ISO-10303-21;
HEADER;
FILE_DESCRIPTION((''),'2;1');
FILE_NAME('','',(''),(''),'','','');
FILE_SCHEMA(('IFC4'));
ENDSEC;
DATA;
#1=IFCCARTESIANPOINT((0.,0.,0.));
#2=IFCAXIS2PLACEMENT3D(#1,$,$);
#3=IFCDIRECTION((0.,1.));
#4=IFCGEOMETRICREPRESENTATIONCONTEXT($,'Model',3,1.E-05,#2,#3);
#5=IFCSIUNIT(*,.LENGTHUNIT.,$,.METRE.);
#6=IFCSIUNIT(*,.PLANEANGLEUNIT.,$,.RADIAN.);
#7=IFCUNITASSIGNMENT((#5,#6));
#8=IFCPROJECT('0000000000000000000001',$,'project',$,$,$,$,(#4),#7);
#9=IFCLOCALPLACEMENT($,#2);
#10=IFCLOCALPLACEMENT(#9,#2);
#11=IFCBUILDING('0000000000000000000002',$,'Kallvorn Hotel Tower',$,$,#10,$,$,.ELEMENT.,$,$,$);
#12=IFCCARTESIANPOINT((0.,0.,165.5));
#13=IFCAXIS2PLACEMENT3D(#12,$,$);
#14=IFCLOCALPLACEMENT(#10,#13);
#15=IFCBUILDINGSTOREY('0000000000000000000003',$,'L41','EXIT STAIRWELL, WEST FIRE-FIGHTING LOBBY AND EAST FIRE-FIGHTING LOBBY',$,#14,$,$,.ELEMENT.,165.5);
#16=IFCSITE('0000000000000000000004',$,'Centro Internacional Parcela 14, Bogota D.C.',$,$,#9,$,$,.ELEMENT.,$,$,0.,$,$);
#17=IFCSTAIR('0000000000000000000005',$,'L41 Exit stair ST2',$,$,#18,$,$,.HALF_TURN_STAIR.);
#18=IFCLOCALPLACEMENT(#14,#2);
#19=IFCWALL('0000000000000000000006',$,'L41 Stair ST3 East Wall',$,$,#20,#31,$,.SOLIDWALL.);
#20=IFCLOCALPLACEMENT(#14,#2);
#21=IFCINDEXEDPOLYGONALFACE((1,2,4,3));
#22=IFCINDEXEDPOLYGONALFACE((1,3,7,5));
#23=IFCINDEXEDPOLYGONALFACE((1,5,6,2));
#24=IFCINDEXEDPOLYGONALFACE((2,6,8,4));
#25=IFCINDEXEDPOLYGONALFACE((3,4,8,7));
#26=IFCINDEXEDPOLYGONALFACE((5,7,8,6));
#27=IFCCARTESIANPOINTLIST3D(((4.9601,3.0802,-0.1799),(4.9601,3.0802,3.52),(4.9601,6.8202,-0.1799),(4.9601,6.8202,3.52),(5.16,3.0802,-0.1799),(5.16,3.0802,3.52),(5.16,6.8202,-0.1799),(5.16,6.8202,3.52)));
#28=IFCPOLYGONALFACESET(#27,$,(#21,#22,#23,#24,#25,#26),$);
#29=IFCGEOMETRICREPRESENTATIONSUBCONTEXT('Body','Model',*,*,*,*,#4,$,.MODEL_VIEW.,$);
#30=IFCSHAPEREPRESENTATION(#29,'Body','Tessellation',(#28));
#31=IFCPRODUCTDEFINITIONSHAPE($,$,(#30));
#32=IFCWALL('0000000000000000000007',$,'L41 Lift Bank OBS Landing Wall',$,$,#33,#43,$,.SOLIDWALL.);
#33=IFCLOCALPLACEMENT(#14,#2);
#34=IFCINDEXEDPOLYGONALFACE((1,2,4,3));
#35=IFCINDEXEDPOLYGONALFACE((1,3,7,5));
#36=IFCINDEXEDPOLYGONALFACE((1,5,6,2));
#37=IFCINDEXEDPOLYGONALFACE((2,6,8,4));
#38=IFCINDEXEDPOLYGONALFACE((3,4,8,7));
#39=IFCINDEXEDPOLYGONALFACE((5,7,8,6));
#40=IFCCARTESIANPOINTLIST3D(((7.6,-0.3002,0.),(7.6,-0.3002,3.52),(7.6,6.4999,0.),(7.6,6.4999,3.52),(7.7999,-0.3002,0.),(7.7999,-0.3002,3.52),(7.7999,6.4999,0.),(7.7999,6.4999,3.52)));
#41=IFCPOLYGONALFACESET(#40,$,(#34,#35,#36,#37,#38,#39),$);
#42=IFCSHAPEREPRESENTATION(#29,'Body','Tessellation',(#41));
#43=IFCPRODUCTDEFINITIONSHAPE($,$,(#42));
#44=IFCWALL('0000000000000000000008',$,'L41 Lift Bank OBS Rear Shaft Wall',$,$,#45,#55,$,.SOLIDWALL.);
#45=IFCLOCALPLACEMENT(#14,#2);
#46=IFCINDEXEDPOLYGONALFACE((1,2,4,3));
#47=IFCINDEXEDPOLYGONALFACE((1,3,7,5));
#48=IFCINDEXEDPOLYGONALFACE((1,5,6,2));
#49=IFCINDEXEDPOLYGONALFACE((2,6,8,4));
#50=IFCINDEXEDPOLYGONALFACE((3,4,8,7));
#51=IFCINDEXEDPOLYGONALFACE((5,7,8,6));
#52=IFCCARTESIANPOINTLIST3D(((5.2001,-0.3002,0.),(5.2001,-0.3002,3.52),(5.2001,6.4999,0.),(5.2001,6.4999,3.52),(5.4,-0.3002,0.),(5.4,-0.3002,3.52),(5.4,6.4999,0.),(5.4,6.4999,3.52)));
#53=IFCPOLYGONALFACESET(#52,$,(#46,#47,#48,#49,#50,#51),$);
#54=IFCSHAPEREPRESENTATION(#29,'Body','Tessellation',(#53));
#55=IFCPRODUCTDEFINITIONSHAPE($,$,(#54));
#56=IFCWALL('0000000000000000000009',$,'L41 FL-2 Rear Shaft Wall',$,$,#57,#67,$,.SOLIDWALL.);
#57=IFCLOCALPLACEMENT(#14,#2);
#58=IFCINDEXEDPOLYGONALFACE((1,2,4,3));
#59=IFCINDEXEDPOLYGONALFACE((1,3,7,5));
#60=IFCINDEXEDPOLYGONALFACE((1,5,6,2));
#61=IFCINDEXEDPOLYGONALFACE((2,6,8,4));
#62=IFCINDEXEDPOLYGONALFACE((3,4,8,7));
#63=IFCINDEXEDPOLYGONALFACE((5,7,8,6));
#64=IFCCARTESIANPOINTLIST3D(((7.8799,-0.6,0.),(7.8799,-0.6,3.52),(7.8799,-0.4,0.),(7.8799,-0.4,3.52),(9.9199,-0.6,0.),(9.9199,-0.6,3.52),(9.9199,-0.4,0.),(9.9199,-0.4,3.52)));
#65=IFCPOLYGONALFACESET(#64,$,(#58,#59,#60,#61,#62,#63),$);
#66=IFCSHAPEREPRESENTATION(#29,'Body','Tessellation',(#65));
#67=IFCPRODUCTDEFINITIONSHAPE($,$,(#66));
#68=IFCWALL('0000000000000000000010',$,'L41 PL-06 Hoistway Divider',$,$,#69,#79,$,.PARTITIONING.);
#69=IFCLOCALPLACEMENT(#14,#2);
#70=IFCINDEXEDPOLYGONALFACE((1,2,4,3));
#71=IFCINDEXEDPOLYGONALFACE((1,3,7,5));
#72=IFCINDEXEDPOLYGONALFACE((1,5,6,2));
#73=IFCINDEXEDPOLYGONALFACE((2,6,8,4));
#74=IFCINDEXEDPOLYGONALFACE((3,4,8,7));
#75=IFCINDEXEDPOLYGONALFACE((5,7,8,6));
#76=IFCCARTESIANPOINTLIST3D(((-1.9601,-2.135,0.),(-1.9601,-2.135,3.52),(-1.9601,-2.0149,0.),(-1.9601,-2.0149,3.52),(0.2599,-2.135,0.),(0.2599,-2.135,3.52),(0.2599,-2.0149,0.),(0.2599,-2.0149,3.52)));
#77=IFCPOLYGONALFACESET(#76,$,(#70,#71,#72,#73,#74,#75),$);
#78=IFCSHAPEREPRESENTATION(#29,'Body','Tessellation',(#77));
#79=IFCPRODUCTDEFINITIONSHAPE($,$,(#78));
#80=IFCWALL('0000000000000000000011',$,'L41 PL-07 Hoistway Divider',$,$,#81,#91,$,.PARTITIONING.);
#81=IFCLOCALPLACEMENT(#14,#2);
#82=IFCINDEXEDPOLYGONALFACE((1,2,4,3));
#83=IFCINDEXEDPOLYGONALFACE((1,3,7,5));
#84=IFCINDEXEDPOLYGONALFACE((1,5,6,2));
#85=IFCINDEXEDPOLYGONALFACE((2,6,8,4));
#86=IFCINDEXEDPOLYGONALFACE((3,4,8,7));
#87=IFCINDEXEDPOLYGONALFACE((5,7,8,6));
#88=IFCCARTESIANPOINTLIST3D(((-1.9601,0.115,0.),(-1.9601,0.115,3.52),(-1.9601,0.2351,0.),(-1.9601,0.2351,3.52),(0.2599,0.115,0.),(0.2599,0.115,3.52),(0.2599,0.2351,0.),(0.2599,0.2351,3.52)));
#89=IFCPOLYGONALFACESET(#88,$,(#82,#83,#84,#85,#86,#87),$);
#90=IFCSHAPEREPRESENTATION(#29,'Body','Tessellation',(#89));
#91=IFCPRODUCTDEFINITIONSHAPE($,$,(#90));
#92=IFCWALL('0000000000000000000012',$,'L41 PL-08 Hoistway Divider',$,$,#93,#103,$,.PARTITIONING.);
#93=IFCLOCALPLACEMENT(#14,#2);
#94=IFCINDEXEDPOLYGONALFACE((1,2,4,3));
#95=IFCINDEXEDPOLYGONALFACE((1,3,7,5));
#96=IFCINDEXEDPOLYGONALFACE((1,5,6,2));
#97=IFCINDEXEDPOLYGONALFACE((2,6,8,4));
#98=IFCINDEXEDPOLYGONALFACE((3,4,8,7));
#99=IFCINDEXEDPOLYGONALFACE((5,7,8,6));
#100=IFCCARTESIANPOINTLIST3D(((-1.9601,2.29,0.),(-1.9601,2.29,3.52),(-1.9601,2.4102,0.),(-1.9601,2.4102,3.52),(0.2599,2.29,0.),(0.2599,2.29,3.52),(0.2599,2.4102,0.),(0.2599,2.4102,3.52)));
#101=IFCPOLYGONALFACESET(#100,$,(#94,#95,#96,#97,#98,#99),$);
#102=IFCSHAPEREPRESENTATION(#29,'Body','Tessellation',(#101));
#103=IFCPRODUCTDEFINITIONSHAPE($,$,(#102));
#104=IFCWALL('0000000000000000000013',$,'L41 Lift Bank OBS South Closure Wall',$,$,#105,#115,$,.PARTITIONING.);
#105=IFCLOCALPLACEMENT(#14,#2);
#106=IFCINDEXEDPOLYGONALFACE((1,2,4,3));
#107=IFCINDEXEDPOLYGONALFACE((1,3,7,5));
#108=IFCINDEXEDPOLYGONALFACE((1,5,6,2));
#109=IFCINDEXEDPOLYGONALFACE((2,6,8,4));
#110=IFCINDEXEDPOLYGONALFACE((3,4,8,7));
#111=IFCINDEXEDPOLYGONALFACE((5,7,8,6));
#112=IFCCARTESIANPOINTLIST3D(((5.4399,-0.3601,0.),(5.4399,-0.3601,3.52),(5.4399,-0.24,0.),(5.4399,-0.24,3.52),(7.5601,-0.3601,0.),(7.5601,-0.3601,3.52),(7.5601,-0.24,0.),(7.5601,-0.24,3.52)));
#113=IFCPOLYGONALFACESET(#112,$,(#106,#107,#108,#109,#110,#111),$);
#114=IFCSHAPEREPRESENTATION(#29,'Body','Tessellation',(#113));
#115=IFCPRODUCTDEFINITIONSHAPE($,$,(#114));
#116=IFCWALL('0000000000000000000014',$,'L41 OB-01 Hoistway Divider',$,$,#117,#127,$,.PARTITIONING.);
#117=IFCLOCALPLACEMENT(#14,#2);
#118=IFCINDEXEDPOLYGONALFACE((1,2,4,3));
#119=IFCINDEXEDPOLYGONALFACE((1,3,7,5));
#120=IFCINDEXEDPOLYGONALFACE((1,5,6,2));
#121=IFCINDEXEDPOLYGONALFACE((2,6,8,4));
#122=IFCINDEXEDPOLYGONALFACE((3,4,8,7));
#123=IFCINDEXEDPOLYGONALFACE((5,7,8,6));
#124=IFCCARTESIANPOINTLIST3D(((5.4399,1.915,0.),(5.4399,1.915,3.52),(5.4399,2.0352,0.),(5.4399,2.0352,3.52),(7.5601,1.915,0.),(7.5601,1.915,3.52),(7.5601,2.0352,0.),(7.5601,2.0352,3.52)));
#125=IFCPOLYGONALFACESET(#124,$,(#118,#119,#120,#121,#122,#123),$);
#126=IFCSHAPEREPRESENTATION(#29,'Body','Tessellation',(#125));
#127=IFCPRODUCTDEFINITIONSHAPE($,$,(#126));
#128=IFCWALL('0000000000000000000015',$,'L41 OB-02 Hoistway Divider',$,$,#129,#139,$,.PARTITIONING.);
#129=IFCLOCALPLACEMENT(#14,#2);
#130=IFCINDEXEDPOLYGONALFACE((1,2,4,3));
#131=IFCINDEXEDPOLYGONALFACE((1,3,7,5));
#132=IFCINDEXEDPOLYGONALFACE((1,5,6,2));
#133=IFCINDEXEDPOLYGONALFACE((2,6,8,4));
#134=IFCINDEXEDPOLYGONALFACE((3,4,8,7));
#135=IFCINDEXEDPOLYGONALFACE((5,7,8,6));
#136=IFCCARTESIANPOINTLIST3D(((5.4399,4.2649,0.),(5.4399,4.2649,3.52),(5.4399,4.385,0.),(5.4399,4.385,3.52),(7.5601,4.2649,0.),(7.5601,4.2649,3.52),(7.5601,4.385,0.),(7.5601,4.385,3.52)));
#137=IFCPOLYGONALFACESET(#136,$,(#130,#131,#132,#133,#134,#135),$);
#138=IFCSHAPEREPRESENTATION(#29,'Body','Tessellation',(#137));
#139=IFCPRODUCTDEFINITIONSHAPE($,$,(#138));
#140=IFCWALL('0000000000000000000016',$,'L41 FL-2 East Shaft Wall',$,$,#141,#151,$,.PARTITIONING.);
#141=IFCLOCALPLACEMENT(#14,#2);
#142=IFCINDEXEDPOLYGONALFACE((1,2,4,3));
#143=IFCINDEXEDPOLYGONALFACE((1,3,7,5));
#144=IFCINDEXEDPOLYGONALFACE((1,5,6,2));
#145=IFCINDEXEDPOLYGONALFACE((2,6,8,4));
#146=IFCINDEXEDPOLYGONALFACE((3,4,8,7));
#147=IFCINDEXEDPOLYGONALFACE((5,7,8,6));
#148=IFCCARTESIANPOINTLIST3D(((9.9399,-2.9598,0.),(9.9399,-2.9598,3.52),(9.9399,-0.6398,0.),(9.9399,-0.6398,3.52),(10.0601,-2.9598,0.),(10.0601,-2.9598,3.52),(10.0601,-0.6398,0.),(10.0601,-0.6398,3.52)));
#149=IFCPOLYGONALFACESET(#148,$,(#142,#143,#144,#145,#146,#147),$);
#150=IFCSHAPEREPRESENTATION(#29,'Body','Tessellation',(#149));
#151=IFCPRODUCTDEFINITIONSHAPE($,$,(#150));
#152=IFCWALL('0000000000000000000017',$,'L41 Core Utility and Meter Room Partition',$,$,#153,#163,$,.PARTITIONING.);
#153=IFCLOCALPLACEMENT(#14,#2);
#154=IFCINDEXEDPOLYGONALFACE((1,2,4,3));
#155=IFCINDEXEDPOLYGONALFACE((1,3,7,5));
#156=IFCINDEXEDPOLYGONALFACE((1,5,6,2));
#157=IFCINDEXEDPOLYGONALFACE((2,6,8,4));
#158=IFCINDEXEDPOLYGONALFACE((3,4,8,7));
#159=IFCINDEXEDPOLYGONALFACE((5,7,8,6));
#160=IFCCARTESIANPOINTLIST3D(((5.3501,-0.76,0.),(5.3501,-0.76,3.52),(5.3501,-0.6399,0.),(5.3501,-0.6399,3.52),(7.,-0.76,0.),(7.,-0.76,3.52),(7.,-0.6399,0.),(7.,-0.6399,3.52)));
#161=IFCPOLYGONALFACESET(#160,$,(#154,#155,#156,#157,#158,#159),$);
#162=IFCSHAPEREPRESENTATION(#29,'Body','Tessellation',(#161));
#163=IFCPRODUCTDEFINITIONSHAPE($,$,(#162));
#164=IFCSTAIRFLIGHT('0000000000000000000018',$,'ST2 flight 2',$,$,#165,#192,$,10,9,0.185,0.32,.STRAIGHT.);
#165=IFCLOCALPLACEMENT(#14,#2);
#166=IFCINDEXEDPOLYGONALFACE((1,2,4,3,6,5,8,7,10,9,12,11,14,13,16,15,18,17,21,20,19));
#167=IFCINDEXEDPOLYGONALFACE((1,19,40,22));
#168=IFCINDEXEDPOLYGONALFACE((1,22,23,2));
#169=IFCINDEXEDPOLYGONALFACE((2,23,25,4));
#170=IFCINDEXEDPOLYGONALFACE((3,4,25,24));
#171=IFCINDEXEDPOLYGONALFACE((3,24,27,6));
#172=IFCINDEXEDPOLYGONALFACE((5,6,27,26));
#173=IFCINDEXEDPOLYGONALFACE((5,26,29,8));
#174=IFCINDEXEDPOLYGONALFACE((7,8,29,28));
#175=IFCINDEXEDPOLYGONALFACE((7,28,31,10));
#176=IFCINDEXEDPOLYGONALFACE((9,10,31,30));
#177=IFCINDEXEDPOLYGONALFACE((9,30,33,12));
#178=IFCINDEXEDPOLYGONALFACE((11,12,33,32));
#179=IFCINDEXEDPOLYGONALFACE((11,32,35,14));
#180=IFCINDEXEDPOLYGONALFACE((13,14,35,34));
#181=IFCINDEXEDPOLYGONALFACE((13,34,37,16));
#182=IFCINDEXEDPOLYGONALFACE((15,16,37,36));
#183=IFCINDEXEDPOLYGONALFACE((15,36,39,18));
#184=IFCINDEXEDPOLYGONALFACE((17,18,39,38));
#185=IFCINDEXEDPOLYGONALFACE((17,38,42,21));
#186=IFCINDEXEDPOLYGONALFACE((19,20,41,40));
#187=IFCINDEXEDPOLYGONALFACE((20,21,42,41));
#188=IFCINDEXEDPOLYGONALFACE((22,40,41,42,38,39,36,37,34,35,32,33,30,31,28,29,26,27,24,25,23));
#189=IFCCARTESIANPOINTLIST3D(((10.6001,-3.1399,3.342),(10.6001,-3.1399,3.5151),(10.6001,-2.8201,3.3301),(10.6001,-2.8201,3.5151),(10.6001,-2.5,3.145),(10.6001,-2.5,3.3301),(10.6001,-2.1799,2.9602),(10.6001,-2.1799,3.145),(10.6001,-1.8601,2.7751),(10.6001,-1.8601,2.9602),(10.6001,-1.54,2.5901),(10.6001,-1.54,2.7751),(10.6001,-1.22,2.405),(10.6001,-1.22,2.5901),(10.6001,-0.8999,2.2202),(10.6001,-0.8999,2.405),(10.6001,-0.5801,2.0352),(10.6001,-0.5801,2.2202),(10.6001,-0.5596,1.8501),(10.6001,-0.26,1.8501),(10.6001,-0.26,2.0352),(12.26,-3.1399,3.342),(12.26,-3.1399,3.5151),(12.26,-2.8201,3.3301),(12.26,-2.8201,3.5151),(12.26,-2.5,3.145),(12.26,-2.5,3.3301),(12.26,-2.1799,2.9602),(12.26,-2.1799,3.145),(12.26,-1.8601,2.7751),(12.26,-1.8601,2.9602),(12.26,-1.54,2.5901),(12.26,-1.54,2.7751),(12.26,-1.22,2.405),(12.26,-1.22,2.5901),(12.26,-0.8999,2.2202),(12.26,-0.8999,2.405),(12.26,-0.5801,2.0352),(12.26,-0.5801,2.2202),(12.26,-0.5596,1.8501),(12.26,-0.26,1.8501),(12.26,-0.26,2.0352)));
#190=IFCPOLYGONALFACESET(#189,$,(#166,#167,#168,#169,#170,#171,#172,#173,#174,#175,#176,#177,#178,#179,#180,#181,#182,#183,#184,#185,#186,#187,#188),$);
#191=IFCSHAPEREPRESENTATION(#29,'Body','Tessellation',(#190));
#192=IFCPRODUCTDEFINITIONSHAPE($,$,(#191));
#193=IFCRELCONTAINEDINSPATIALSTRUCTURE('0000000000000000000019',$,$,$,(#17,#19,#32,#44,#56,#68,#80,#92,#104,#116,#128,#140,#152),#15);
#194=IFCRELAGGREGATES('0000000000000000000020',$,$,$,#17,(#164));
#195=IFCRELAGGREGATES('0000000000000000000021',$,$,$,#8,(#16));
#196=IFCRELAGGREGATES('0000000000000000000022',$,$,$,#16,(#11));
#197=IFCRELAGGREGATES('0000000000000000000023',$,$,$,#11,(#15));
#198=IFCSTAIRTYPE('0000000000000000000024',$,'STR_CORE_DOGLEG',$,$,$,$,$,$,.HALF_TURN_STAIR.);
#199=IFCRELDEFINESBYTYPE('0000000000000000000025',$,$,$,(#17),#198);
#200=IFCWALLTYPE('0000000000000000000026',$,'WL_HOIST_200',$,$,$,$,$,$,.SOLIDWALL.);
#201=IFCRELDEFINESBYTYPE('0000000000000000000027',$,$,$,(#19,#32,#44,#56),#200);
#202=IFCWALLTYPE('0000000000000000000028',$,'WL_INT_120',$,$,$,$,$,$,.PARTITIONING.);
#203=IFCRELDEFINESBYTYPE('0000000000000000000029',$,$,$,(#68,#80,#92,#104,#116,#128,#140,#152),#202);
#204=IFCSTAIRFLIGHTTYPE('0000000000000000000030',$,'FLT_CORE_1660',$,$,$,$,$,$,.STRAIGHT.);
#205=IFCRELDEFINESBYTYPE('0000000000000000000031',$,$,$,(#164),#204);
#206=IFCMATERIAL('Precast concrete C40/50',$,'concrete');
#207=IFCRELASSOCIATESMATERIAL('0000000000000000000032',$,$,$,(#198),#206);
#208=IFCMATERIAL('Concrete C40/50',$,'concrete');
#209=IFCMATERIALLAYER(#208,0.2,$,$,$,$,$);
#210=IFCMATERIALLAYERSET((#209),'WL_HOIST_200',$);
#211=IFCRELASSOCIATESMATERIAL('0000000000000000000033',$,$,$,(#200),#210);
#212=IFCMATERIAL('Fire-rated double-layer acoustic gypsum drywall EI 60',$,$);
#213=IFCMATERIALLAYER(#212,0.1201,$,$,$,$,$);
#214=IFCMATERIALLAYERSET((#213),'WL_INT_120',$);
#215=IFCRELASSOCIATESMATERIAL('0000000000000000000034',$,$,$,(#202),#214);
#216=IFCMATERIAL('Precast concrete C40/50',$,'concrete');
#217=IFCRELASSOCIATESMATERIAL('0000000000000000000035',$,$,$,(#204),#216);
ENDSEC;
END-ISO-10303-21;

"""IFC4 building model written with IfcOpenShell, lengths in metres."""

from ifc_helpers import new_model, si_unit, direction, frame, frame_2d, origin, place, context, subcontext, project, spatial, polyline, rectangle, outline, extrude, material, layer, layer_set, type_object, element, aggregate, save


model = new_model("IFC4")

# Units and contexts
model_context = context("Model", 3, precision=1e-05, world=origin(), true_north=direction((0.0, 1.0)))
body_context = subcontext(model_context, "Body", "Model", "MODEL_VIEW")
ifc_project = project(units=[si_unit("LENGTHUNIT", "METRE"), si_unit("PLANEANGLEUNIT", "RADIAN")], contexts=[model_context])

# Site, building, storey
site_placement = place(None, origin())
site = spatial("IfcSite", under=ifc_project, at=site_placement, Name="Centro Internacional Parcela 14, Bogota D.C.", CompositionType="ELEMENT", RefElevation=0.0)
building_placement = place(site_placement, origin())
building = spatial("IfcBuilding", under=site, at=building_placement, Name="Kallvorn Hotel Tower", CompositionType="ELEMENT")
storey_placement = place(building_placement, frame((0.0, 0.0, 165.5)))
storey = spatial("IfcBuildingStorey", under=building, at=storey_placement, Name="L41", Description="EXIT STAIRWELL, WEST FIRE-FIGHTING LOBBY AND EAST FIRE-FIGHTING LOBBY", CompositionType="ELEMENT", Elevation=165.5)

# Stair
ifc_material_1 = material(Name="Precast concrete C40/50", Category="concrete")
stair_type = type_object("IfcStairType", Name="STR_CORE_DOGLEG", PredefinedType="HALF_TURN_STAIR", material=ifc_material_1)
stair_1_placement = place(storey_placement, origin())
stair_1 = element("IfcStair", 1, at=stair_1_placement, inside=storey, type_object=stair_type, Name="L41 Exit stair ST2", PredefinedType="HALF_TURN_STAIR")

# Walls
ifc_material_2 = material(Name="Concrete C40/50", Category="concrete")
ifc_layer_1 = layer(ifc_material_2, 0.2)
ifc_layer_set_1 = layer_set([ifc_layer_1], Name="WL_HOIST_200")
wall_type_1 = type_object("IfcWallType", Name="WL_HOIST_200", PredefinedType="SOLIDWALL", material=ifc_layer_set_1)
wall_1_placement = place(storey_placement, frame((5.0601, 3.0801, -0.1799), z_axis=(0.0, 0.0, 1.0), x_axis=(0.0, 1.0, 0.0)))
element("IfcWall", 2, at=wall_1_placement, inside=storey, type_object=wall_type_1, Name="L41 Stair ST3 East Wall", PredefinedType="SOLIDWALL", context=body_context, shape_type="SweptSolid", body=[
    extrude(rectangle(XDim=3.74, YDim=0.2, at=frame_2d((1.8701, 0.0))), origin(), (0.0, 0.0, 1.0), 3.7),
])
for number, where, z_axis, x_axis, name in (
    (3, (7.7, -0.3, 0.0), (0.0, 0.0, 1.0), (0.0, 1.0, 0.0), "L41 Lift Bank OBS Landing Wall"),
    (4, (5.3, -0.3, 0.0), (0.0, 0.0, 1.0), (0.0, 1.0, 0.0), "L41 Lift Bank OBS Rear Shaft Wall"),
):
    element("IfcWall", number, at=place(storey_placement, frame(where, z_axis=z_axis, x_axis=x_axis)), inside=storey, type_object=wall_type_1, Name=name, PredefinedType="SOLIDWALL", context=body_context, shape_type="SweptSolid", body=[
        extrude(rectangle(XDim=6.8, YDim=0.2, at=frame_2d((3.3999, 0.0))), origin(), (0.0, 0.0, 1.0), 3.52),
    ])
wall_2_placement = place(storey_placement, frame((7.8799, -0.5, 0.0), z_axis=(0.0, 0.0, 1.0), x_axis=(1.0, 0.0, 0.0)))
element("IfcWall", 5, at=wall_2_placement, inside=storey, type_object=wall_type_1, Name="L41 FL-2 Rear Shaft Wall", PredefinedType="SOLIDWALL", context=body_context, shape_type="SweptSolid", body=[
    extrude(rectangle(XDim=2.04, YDim=0.2, at=frame_2d((1.02, 0.0))), origin(), (0.0, 0.0, 1.0), 3.52),
])
ifc_material_3 = material(Name="Fire-rated double-layer acoustic gypsum drywall EI 60")
ifc_layer_2 = layer(ifc_material_3, 0.1201)
ifc_layer_set_2 = layer_set([ifc_layer_2], Name="WL_INT_120")
wall_type_2 = type_object("IfcWallType", Name="WL_INT_120", PredefinedType="PARTITIONING", material=ifc_layer_set_2)
for number, where, z_axis, x_axis, name in (
    (6, (-1.96, -2.075, 0.0), (0.0, 0.0, 1.0), (1.0, 0.0, 0.0), "L41 PL-06 Hoistway Divider"),
    (7, (-1.96, 0.175, 0.0), (0.0, 0.0, 1.0), (1.0, 0.0, 0.0), "L41 PL-07 Hoistway Divider"),
    (8, (-1.96, 2.3501, 0.0), (0.0, 0.0, 1.0), (1.0, 0.0, 0.0), "L41 PL-08 Hoistway Divider"),
):
    element("IfcWall", number, at=place(storey_placement, frame(where, z_axis=z_axis, x_axis=x_axis)), inside=storey, type_object=wall_type_2, Name=name, PredefinedType="PARTITIONING", context=body_context, shape_type="SweptSolid", body=[
        extrude(rectangle(XDim=2.22, YDim=0.1201, at=frame_2d((1.1099, 0.0))), origin(), (0.0, 0.0, 1.0), 3.52),
    ])
for number, where, z_axis, x_axis, name in (
    (9, (5.4399, -0.3, 0.0), (0.0, 0.0, 1.0), (1.0, 0.0, 0.0), "L41 Lift Bank OBS South Closure Wall"),
    (10, (5.4399, 1.9751, 0.0), (0.0, 0.0, 1.0), (1.0, 0.0, 0.0), "L41 OB-01 Hoistway Divider"),
    (11, (5.4399, 4.325, 0.0), (0.0, 0.0, 1.0), (1.0, 0.0, 0.0), "L41 OB-02 Hoistway Divider"),
):
    element("IfcWall", number, at=place(storey_placement, frame(where, z_axis=z_axis, x_axis=x_axis)), inside=storey, type_object=wall_type_2, Name=name, PredefinedType="PARTITIONING", context=body_context, shape_type="SweptSolid", body=[
        extrude(rectangle(XDim=2.1201, YDim=0.1201, at=frame_2d((1.0601, 0.0))), origin(), (0.0, 0.0, 1.0), 3.52),
    ])
wall_3_placement = place(storey_placement, frame((10.0, -2.96, 0.0), z_axis=(0.0, 0.0, 1.0), x_axis=(0.0, 1.0, 0.0)))
element("IfcWall", 12, at=wall_3_placement, inside=storey, type_object=wall_type_2, Name="L41 FL-2 East Shaft Wall", PredefinedType="PARTITIONING", context=body_context, shape_type="SweptSolid", body=[
    extrude(rectangle(XDim=2.3201, YDim=0.1201, at=frame_2d((1.1602, 0.0))), origin(), (0.0, 0.0, 1.0), 3.52),
])
wall_4_placement = place(storey_placement, frame((5.3501, -0.7, 0.0), z_axis=(0.0, 0.0, 1.0), x_axis=(1.0, 0.0, 0.0)))
element("IfcWall", 13, at=wall_4_placement, inside=storey, type_object=wall_type_2, Name="L41 Core Utility and Meter Room Partition", PredefinedType="PARTITIONING", context=body_context, shape_type="SweptSolid", body=[
    extrude(rectangle(XDim=1.6499, YDim=0.1201, at=frame_2d((0.825, 0.0))), origin(), (0.0, 0.0, 1.0), 3.52),
])

# Stair flight
ifc_material_4 = material(Name="Precast concrete C40/50", Category="concrete")
stair_flight_type = type_object("IfcStairFlightType", Name="FLT_CORE_1660", PredefinedType="STRAIGHT", material=ifc_material_4)
stair_flight_1_placement = place(storey_placement, frame((11.4299, -0.26, 1.8501), z_axis=(0.0, 0.0, 1.0), x_axis=(0.0, -1.0, 0.0)))
stair_flight_1 = element("IfcStairFlight", 14, at=stair_flight_1_placement, type_object=stair_flight_type, Name="ST2 flight 2", NumberOfRisers=10, NumberOfTreads=9, PredefinedType="STRAIGHT", RiserHeight=0.185, TreadLength=0.32, context=body_context, shape_type="SweptSolid", body=[
    extrude(outline(polyline([(0.0, 0.0), (0.0, 0.1851), (0.3201, 0.1851), (0.3201, 0.3701), (0.6399, 0.3701), (0.6399, 0.5549), (0.96, 0.5549), (0.96, 0.74), (1.28, 0.74), (1.28, 0.925), (1.6001, 0.925), (1.6001, 1.1101), (1.9199, 1.1101), (1.9199, 1.2949), (2.24, 1.2949), (2.24, 1.48), (2.5601, 1.48), (2.5601, 1.665), (2.8799, 1.665), (2.8799, 1.8501), (2.8799, 1.4919), (0.2996, 0.0), (0.0, 0.0)])), frame((0.0, 0.8301, 0.0), z_axis=(0.0, -1.0, 0.0), x_axis=(1.0, 0.0, 0.0)), (0.0, 0.0, 1.0), 1.6599),
])
aggregate(stair_1, [stair_flight_1])

save(model, "model.ifc")
